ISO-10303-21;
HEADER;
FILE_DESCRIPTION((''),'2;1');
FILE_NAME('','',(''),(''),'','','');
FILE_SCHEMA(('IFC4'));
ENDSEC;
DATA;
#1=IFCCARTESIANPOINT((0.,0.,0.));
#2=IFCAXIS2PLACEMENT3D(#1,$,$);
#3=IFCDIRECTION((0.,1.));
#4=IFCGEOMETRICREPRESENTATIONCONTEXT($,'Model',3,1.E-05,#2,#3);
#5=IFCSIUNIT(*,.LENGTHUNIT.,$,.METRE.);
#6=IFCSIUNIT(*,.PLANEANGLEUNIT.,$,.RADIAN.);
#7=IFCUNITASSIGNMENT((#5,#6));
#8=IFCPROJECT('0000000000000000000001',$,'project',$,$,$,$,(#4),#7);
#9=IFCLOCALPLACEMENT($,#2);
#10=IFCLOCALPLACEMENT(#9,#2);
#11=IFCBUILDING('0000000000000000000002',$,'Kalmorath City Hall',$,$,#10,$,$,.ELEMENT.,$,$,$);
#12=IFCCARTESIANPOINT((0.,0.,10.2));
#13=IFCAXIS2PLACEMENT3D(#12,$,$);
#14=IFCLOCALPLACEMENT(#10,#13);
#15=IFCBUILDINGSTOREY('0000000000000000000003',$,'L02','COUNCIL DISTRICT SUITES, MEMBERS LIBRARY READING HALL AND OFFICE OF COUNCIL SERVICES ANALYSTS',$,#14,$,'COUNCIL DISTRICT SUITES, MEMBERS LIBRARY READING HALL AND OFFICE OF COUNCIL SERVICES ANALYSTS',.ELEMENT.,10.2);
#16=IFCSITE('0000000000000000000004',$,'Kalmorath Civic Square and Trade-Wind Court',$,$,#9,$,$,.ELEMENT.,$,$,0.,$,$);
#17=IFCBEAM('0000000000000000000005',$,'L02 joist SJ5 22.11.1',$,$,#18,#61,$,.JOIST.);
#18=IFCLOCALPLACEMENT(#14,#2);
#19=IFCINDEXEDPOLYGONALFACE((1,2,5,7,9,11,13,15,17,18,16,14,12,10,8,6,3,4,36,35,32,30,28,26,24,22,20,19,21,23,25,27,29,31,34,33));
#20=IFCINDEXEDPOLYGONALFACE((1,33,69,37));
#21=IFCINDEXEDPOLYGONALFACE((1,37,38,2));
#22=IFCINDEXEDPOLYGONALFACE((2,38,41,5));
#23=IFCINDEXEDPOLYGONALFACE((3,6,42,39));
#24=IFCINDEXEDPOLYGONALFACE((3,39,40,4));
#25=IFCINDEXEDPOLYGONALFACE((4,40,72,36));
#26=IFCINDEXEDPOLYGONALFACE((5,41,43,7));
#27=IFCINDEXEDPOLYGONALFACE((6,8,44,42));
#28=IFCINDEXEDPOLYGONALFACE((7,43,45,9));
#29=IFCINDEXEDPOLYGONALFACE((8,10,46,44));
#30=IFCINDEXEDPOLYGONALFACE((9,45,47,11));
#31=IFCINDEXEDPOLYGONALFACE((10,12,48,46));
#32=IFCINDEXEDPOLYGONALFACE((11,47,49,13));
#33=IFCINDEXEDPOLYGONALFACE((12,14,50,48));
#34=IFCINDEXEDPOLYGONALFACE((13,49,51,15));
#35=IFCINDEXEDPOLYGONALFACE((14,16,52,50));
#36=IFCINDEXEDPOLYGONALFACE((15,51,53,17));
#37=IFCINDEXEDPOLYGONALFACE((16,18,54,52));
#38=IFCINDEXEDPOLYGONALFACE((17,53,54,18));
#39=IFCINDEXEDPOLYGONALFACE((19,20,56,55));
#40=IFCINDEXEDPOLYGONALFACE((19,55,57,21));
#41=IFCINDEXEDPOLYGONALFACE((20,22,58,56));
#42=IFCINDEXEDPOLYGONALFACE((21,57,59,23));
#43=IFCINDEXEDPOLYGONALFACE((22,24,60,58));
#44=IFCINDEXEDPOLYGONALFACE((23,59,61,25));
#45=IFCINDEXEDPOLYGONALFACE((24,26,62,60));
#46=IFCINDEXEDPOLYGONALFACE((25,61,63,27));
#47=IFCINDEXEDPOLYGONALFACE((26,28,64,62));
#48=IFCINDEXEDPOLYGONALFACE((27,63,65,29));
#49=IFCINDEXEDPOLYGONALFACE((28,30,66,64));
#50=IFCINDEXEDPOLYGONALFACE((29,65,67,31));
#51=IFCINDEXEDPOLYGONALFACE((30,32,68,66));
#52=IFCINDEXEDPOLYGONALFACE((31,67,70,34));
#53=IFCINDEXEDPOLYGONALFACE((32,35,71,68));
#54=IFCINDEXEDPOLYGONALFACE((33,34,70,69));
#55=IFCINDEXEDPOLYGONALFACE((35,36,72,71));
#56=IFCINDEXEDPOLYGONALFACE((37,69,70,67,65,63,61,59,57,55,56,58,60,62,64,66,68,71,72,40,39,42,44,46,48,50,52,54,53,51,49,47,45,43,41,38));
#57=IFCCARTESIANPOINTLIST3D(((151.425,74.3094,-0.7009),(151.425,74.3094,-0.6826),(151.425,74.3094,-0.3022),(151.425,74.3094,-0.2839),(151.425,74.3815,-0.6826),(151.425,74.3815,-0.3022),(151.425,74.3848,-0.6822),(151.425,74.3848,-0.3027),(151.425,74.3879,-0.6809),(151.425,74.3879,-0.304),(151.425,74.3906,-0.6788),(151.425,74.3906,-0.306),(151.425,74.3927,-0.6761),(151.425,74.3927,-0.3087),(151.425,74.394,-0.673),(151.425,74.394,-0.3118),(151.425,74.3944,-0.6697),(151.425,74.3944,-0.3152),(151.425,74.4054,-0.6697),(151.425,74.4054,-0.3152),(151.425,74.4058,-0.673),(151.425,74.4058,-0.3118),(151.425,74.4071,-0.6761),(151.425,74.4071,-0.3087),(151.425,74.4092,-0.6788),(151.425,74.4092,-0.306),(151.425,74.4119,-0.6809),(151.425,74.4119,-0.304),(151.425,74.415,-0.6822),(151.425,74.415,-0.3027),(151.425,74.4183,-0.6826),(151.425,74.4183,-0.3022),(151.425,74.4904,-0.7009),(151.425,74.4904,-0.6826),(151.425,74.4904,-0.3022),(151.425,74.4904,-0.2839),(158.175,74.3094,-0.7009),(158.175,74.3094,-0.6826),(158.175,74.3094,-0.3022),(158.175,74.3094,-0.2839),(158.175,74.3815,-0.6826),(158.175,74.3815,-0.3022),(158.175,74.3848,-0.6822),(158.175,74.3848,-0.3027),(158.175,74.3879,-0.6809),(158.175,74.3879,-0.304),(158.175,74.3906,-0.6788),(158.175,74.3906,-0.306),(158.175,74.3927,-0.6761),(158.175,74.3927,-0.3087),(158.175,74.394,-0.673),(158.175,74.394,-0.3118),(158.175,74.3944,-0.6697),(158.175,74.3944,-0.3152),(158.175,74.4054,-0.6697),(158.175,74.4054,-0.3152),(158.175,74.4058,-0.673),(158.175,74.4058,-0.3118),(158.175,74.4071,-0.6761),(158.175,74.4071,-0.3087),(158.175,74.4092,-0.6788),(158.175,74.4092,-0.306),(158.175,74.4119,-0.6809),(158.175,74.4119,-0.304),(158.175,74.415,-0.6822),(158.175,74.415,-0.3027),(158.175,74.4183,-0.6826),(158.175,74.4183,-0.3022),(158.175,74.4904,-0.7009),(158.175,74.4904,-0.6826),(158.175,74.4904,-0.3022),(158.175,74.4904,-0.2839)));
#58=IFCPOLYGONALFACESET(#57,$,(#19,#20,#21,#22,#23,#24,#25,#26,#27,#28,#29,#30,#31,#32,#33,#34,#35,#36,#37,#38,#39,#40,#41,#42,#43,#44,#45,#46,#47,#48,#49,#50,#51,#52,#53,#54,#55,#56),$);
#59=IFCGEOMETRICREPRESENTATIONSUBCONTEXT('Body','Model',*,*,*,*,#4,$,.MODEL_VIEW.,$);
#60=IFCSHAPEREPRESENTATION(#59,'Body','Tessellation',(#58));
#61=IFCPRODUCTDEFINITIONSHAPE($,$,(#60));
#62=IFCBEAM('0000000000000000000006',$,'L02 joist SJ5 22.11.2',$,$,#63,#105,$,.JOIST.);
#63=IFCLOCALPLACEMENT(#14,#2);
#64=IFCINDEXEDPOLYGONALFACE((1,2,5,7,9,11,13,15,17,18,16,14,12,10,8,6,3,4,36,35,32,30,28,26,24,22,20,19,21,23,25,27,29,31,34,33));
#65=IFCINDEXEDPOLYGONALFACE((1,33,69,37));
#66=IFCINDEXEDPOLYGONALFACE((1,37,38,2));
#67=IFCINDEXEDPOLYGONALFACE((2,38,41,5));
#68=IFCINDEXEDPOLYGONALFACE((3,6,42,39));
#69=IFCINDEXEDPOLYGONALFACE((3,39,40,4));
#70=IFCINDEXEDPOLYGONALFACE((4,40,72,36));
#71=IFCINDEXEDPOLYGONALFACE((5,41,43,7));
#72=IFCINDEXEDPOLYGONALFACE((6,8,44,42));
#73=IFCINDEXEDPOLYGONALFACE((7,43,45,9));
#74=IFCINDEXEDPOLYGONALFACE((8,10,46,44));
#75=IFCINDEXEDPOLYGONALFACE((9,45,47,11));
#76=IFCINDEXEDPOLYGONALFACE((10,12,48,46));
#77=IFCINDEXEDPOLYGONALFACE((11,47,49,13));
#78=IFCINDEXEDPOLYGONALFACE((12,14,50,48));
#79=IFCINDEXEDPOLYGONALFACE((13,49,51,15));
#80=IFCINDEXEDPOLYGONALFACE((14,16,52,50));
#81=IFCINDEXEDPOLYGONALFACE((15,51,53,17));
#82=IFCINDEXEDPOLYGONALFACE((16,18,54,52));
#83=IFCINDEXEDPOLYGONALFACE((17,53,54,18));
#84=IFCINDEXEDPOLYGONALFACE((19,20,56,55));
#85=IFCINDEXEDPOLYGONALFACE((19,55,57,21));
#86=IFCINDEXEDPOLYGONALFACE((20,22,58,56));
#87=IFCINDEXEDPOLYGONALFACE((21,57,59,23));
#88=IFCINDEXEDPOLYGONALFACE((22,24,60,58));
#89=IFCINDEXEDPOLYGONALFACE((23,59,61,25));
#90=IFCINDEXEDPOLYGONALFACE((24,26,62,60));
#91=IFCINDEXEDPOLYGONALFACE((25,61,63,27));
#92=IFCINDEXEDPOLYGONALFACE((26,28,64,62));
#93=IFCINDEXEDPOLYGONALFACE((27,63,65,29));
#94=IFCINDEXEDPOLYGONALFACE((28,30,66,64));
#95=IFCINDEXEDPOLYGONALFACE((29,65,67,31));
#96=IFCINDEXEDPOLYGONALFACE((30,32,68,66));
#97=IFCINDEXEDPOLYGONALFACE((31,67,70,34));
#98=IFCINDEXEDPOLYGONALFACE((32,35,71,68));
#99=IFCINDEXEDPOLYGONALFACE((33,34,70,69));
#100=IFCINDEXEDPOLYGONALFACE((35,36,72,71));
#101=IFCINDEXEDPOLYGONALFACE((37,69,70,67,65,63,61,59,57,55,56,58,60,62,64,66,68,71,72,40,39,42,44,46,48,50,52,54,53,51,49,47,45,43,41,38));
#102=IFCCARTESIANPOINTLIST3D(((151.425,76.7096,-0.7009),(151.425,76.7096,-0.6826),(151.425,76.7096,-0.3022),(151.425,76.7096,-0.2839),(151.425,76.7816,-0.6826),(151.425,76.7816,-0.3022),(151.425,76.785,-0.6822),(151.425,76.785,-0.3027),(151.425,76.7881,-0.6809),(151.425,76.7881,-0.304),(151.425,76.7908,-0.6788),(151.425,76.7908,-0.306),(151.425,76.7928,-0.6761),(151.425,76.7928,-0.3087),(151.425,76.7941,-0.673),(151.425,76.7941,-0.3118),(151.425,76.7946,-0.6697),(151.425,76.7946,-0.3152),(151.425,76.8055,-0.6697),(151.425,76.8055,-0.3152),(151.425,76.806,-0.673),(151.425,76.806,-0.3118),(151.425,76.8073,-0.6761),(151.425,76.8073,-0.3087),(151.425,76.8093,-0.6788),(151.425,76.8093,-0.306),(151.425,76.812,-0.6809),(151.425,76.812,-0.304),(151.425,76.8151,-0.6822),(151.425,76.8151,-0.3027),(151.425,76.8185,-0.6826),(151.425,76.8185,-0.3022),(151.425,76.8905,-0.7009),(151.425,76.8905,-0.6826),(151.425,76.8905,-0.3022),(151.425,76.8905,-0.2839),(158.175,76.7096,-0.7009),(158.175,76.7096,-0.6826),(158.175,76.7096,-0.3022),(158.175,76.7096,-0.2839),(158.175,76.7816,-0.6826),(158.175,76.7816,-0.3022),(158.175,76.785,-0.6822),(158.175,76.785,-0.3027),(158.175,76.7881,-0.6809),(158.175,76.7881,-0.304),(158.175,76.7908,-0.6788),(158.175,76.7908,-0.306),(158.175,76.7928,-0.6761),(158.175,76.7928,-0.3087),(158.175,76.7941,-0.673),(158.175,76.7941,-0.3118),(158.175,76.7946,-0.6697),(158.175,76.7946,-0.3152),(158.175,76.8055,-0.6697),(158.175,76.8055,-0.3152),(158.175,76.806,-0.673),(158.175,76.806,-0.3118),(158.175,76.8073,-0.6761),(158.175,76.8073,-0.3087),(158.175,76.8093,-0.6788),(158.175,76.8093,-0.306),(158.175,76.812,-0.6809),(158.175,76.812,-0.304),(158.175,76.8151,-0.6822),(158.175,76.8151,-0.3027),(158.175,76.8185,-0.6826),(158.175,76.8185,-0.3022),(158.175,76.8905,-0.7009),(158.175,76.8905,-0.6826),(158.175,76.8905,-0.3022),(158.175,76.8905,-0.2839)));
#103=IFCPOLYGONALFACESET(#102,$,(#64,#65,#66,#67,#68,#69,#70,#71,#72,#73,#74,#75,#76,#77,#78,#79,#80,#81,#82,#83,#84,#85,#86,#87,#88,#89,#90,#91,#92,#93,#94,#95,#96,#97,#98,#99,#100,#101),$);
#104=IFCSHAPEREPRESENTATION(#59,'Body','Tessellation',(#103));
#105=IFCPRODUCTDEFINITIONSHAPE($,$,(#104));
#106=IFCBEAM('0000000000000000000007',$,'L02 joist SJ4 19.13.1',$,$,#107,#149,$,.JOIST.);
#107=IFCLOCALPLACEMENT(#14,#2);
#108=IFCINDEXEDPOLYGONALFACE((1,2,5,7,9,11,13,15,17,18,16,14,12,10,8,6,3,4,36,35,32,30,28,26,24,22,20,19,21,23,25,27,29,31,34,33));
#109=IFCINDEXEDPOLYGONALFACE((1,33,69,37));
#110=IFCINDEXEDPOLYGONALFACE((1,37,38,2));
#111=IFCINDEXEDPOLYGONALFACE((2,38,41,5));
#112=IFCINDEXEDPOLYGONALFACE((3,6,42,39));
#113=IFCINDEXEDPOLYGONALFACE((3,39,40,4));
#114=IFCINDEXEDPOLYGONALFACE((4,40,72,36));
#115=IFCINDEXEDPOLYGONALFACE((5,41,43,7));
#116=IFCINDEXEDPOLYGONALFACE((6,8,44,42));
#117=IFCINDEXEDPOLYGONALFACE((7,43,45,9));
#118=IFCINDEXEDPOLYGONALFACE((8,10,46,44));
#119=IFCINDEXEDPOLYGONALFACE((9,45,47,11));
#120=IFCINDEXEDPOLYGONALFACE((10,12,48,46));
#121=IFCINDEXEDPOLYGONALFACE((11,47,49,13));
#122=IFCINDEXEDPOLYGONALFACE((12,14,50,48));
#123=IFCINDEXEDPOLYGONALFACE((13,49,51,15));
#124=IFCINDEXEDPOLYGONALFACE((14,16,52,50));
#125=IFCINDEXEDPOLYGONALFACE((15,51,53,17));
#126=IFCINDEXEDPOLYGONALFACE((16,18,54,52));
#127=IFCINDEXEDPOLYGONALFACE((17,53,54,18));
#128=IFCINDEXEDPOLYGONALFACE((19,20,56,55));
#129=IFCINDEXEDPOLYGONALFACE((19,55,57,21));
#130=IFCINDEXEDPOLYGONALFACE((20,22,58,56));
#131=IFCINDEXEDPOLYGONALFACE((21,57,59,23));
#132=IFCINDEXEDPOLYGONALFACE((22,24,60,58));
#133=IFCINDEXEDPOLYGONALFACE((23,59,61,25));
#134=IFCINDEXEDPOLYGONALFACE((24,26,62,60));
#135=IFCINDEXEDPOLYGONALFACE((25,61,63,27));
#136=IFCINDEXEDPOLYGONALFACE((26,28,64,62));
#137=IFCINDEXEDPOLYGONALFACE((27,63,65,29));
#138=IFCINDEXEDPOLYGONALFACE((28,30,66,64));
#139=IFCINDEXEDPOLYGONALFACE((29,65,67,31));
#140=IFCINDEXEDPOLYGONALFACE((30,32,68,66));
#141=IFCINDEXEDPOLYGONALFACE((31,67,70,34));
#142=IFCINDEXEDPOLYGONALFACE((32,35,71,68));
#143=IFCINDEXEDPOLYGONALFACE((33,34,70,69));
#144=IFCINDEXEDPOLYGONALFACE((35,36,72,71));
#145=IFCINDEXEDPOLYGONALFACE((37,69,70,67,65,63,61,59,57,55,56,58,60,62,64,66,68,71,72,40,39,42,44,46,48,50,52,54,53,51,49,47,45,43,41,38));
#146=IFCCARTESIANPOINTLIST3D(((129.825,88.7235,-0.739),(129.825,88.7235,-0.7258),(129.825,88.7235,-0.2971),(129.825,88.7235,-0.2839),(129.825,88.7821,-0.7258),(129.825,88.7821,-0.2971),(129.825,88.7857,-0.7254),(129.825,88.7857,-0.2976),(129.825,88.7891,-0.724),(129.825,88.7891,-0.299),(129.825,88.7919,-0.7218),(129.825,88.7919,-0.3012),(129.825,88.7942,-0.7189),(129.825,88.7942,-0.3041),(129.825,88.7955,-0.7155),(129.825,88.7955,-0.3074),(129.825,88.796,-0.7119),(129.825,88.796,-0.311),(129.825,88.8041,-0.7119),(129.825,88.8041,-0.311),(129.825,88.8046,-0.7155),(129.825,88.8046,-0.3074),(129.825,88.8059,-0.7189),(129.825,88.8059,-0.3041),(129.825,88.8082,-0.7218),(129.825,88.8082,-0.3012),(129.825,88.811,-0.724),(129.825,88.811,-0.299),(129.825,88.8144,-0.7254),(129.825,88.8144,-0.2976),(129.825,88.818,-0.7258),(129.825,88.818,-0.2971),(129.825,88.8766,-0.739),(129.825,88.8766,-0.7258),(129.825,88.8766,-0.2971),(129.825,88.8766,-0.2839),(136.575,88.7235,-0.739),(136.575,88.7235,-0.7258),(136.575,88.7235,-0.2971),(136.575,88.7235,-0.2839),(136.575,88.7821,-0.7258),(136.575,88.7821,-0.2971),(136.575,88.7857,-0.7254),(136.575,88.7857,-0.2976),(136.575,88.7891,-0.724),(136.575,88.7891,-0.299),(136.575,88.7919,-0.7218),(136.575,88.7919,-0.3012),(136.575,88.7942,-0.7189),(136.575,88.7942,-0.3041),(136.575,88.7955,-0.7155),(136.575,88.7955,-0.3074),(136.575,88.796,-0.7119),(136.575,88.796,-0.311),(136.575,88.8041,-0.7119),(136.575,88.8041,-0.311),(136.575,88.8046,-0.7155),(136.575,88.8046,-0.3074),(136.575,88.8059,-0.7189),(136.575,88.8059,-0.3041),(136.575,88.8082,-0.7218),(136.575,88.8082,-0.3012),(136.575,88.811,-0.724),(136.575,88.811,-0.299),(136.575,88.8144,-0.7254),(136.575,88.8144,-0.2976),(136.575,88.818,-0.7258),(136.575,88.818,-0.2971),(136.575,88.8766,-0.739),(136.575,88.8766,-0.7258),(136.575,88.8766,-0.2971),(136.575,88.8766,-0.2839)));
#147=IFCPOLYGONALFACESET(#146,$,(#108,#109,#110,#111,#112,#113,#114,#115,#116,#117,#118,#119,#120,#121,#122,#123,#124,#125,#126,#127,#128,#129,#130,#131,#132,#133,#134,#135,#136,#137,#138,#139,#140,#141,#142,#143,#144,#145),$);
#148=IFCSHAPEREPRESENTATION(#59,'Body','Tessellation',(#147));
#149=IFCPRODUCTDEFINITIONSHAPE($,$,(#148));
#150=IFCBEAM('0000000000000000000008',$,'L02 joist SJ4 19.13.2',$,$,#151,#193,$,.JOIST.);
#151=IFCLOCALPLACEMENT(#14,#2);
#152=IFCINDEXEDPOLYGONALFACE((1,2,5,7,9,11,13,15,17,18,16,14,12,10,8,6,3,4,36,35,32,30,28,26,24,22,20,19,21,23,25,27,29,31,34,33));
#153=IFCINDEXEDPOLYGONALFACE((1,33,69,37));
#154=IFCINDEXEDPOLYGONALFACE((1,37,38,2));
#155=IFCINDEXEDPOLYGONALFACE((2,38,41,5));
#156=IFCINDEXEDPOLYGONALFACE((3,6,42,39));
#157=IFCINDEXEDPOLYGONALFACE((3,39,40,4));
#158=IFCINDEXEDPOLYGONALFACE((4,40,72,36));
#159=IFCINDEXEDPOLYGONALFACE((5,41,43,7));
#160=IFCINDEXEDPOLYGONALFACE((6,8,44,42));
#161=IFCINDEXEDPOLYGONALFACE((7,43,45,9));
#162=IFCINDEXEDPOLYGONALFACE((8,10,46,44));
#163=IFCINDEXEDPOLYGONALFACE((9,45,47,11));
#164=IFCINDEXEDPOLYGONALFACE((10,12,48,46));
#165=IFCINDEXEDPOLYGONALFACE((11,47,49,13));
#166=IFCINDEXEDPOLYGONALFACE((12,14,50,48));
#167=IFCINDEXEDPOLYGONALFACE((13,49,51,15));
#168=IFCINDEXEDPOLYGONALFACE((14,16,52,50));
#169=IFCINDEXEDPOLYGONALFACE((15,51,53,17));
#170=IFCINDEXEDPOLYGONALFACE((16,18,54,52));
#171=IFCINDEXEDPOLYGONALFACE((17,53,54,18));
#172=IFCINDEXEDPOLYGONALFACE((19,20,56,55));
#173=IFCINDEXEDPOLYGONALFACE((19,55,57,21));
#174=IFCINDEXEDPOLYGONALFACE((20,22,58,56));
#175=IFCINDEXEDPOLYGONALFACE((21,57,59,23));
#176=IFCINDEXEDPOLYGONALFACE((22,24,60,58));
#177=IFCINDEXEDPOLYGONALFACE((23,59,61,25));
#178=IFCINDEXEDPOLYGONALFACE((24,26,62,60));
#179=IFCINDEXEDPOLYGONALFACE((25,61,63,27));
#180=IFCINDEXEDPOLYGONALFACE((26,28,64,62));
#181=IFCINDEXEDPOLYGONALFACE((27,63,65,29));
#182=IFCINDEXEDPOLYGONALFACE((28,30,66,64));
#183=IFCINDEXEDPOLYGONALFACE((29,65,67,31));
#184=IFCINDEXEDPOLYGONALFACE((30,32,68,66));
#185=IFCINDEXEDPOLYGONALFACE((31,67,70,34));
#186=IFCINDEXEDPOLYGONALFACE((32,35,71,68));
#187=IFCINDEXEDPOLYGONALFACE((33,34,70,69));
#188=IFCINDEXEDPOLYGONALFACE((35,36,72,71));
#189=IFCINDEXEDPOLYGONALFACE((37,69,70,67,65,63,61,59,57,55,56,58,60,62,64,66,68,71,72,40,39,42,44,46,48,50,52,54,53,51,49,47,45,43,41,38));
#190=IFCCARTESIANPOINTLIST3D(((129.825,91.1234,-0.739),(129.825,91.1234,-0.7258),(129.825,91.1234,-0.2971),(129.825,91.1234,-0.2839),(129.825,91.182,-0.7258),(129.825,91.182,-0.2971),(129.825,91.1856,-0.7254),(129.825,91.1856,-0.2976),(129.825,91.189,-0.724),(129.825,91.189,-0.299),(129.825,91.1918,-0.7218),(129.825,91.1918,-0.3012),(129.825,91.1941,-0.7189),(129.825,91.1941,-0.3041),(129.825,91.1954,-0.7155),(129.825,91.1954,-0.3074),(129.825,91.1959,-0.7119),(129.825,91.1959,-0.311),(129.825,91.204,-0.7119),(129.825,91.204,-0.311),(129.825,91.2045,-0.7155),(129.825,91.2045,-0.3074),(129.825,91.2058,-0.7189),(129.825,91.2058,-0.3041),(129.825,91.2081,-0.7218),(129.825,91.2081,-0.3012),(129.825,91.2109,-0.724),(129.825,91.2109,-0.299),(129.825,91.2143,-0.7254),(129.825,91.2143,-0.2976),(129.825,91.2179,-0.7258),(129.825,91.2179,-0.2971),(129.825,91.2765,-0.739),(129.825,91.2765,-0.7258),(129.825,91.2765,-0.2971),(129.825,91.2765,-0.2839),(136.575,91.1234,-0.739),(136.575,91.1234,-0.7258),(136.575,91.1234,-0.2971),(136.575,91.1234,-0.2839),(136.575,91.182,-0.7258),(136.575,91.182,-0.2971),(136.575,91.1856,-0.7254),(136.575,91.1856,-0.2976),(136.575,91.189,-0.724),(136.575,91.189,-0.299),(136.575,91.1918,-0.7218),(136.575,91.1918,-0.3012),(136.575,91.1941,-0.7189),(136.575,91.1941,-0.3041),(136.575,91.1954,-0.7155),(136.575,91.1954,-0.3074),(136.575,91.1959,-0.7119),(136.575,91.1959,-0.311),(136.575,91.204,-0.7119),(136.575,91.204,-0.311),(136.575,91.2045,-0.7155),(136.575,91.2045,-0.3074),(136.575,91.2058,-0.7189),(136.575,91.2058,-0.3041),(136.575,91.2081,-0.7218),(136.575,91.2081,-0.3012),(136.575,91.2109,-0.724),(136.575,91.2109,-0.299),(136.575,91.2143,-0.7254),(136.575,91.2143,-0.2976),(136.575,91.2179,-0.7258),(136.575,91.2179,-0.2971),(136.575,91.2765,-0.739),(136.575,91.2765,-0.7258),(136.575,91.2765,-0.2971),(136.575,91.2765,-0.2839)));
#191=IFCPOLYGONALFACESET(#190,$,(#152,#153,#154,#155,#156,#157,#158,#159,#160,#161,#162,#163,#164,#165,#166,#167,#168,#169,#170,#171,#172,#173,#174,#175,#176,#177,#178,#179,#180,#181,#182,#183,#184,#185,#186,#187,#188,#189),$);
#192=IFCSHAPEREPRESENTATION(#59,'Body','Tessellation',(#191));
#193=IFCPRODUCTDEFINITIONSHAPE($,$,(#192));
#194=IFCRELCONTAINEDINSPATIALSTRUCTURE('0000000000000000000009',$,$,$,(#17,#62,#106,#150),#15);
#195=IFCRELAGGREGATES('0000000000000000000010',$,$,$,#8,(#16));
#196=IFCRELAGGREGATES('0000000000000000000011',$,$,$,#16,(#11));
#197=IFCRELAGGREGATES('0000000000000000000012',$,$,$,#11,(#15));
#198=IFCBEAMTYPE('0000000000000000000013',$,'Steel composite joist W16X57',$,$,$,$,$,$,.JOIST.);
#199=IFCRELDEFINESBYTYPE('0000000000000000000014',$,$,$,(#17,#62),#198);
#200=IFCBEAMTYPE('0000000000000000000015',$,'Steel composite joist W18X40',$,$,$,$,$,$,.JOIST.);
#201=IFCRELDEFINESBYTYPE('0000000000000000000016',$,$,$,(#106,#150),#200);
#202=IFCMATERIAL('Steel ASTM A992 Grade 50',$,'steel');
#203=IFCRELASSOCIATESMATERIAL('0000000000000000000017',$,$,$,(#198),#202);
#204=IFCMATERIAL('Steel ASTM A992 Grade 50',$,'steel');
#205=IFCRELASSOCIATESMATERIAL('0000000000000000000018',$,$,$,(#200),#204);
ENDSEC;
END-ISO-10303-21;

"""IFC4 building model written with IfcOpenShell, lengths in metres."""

from ifc_helpers import new_model, si_unit, direction, frame, origin, origin_2d, place, context, subcontext, project, spatial, i_section, extrude, material, material_profile, profile_set, type_object, element, save


model = new_model("IFC4")

# Units and contexts
model_context = context("Model", 3, precision=1e-05, world=origin(), true_north=direction((0.0, 1.0)))
body_context = subcontext(model_context, "Body", "Model", "MODEL_VIEW")
ifc_project = project(units=[si_unit("LENGTHUNIT", "METRE"), si_unit("PLANEANGLEUNIT", "RADIAN")], contexts=[model_context])

# Site, building, storey
site_placement = place(None, origin())
site = spatial("IfcSite", under=ifc_project, at=site_placement, Name="Kalmorath Civic Square and Trade-Wind Court", CompositionType="ELEMENT", RefElevation=0.0)
building_placement = place(site_placement, origin())
building = spatial("IfcBuilding", under=site, at=building_placement, Name="Kalmorath City Hall", CompositionType="ELEMENT")
storey_placement = place(building_placement, frame((0.0, 0.0, 10.2)))
storey = spatial("IfcBuildingStorey", under=building, at=storey_placement, Name="L02", Description="COUNCIL DISTRICT SUITES, MEMBERS LIBRARY READING HALL AND OFFICE OF COUNCIL SERVICES ANALYSTS", LongName="COUNCIL DISTRICT SUITES, MEMBERS LIBRARY READING HALL AND OFFICE OF COUNCIL SERVICES ANALYSTS", CompositionType="ELEMENT", Elevation=10.2)

# Beams
ifc_material_1 = material(Name="Steel ASTM A992 Grade 50", Category="steel")
ifc_material_profile_1 = material_profile(ifc_material_1, i_section(OverallWidth=0.1809, OverallDepth=0.417, WebThickness=0.011, FlangeThickness=0.0183, FilletRadius=0.0129, at=origin_2d()), Name="W16X57")
ifc_profile_set_1 = profile_set([ifc_material_profile_1], Name="Steel ASTM A992 Grade 50")
beam_type_1 = type_object("IfcBeamType", Name="Steel composite joist W16X57", PredefinedType="JOIST", material=ifc_profile_set_1)
for number, where, z_axis, x_axis, name in (
    (1, (151.425, 74.3999, -0.4924), (1.0, 0.0, 0.0), (0.0, 1.0, 0.0), "L02 joist SJ5 22.11.1"),
    (2, (151.425, 76.8, -0.4924), (1.0, 0.0, 0.0), (0.0, 1.0, 0.0), "L02 joist SJ5 22.11.2"),
):
    element("IfcBeam", number, at=place(storey_placement, frame(where, z_axis=z_axis, x_axis=x_axis)), inside=storey, type_object=beam_type_1, Name=name, PredefinedType="JOIST", context=body_context, shape_type="SweptSolid", body=[
        extrude(i_section(OverallWidth=0.1809, OverallDepth=0.417, WebThickness=0.011, FlangeThickness=0.0183, FilletRadius=0.0129, at=origin_2d()), origin(), (0.0, 0.0, 1.0), 6.75),
    ])
ifc_material_2 = material(Name="Steel ASTM A992 Grade 50", Category="steel")
ifc_material_profile_2 = material_profile(ifc_material_2, i_section(OverallWidth=0.1531, OverallDepth=0.4551, WebThickness=0.0081, FlangeThickness=0.0132, FilletRadius=0.0139, at=origin_2d()), Name="W18X40")
ifc_profile_set_2 = profile_set([ifc_material_profile_2], Name="Steel ASTM A992 Grade 50")
beam_type_2 = type_object("IfcBeamType", Name="Steel composite joist W18X40", PredefinedType="JOIST", material=ifc_profile_set_2)
for number, where, z_axis, x_axis, name in (
    (3, (129.825, 88.8, -0.5115), (1.0, 0.0, 0.0), (0.0, 1.0, 0.0), "L02 joist SJ4 19.13.1"),
    (4, (129.825, 91.2, -0.5115), (1.0, 0.0, 0.0), (0.0, 1.0, 0.0), "L02 joist SJ4 19.13.2"),
):
    element("IfcBeam", number, at=place(storey_placement, frame(where, z_axis=z_axis, x_axis=x_axis)), inside=storey, type_object=beam_type_2, Name=name, PredefinedType="JOIST", context=body_context, shape_type="SweptSolid", body=[
        extrude(i_section(OverallWidth=0.1531, OverallDepth=0.4551, WebThickness=0.0081, FlangeThickness=0.0132, FilletRadius=0.0139, at=origin_2d()), origin(), (0.0, 0.0, 1.0), 6.75),
    ])

save(model, "model.ifc")
